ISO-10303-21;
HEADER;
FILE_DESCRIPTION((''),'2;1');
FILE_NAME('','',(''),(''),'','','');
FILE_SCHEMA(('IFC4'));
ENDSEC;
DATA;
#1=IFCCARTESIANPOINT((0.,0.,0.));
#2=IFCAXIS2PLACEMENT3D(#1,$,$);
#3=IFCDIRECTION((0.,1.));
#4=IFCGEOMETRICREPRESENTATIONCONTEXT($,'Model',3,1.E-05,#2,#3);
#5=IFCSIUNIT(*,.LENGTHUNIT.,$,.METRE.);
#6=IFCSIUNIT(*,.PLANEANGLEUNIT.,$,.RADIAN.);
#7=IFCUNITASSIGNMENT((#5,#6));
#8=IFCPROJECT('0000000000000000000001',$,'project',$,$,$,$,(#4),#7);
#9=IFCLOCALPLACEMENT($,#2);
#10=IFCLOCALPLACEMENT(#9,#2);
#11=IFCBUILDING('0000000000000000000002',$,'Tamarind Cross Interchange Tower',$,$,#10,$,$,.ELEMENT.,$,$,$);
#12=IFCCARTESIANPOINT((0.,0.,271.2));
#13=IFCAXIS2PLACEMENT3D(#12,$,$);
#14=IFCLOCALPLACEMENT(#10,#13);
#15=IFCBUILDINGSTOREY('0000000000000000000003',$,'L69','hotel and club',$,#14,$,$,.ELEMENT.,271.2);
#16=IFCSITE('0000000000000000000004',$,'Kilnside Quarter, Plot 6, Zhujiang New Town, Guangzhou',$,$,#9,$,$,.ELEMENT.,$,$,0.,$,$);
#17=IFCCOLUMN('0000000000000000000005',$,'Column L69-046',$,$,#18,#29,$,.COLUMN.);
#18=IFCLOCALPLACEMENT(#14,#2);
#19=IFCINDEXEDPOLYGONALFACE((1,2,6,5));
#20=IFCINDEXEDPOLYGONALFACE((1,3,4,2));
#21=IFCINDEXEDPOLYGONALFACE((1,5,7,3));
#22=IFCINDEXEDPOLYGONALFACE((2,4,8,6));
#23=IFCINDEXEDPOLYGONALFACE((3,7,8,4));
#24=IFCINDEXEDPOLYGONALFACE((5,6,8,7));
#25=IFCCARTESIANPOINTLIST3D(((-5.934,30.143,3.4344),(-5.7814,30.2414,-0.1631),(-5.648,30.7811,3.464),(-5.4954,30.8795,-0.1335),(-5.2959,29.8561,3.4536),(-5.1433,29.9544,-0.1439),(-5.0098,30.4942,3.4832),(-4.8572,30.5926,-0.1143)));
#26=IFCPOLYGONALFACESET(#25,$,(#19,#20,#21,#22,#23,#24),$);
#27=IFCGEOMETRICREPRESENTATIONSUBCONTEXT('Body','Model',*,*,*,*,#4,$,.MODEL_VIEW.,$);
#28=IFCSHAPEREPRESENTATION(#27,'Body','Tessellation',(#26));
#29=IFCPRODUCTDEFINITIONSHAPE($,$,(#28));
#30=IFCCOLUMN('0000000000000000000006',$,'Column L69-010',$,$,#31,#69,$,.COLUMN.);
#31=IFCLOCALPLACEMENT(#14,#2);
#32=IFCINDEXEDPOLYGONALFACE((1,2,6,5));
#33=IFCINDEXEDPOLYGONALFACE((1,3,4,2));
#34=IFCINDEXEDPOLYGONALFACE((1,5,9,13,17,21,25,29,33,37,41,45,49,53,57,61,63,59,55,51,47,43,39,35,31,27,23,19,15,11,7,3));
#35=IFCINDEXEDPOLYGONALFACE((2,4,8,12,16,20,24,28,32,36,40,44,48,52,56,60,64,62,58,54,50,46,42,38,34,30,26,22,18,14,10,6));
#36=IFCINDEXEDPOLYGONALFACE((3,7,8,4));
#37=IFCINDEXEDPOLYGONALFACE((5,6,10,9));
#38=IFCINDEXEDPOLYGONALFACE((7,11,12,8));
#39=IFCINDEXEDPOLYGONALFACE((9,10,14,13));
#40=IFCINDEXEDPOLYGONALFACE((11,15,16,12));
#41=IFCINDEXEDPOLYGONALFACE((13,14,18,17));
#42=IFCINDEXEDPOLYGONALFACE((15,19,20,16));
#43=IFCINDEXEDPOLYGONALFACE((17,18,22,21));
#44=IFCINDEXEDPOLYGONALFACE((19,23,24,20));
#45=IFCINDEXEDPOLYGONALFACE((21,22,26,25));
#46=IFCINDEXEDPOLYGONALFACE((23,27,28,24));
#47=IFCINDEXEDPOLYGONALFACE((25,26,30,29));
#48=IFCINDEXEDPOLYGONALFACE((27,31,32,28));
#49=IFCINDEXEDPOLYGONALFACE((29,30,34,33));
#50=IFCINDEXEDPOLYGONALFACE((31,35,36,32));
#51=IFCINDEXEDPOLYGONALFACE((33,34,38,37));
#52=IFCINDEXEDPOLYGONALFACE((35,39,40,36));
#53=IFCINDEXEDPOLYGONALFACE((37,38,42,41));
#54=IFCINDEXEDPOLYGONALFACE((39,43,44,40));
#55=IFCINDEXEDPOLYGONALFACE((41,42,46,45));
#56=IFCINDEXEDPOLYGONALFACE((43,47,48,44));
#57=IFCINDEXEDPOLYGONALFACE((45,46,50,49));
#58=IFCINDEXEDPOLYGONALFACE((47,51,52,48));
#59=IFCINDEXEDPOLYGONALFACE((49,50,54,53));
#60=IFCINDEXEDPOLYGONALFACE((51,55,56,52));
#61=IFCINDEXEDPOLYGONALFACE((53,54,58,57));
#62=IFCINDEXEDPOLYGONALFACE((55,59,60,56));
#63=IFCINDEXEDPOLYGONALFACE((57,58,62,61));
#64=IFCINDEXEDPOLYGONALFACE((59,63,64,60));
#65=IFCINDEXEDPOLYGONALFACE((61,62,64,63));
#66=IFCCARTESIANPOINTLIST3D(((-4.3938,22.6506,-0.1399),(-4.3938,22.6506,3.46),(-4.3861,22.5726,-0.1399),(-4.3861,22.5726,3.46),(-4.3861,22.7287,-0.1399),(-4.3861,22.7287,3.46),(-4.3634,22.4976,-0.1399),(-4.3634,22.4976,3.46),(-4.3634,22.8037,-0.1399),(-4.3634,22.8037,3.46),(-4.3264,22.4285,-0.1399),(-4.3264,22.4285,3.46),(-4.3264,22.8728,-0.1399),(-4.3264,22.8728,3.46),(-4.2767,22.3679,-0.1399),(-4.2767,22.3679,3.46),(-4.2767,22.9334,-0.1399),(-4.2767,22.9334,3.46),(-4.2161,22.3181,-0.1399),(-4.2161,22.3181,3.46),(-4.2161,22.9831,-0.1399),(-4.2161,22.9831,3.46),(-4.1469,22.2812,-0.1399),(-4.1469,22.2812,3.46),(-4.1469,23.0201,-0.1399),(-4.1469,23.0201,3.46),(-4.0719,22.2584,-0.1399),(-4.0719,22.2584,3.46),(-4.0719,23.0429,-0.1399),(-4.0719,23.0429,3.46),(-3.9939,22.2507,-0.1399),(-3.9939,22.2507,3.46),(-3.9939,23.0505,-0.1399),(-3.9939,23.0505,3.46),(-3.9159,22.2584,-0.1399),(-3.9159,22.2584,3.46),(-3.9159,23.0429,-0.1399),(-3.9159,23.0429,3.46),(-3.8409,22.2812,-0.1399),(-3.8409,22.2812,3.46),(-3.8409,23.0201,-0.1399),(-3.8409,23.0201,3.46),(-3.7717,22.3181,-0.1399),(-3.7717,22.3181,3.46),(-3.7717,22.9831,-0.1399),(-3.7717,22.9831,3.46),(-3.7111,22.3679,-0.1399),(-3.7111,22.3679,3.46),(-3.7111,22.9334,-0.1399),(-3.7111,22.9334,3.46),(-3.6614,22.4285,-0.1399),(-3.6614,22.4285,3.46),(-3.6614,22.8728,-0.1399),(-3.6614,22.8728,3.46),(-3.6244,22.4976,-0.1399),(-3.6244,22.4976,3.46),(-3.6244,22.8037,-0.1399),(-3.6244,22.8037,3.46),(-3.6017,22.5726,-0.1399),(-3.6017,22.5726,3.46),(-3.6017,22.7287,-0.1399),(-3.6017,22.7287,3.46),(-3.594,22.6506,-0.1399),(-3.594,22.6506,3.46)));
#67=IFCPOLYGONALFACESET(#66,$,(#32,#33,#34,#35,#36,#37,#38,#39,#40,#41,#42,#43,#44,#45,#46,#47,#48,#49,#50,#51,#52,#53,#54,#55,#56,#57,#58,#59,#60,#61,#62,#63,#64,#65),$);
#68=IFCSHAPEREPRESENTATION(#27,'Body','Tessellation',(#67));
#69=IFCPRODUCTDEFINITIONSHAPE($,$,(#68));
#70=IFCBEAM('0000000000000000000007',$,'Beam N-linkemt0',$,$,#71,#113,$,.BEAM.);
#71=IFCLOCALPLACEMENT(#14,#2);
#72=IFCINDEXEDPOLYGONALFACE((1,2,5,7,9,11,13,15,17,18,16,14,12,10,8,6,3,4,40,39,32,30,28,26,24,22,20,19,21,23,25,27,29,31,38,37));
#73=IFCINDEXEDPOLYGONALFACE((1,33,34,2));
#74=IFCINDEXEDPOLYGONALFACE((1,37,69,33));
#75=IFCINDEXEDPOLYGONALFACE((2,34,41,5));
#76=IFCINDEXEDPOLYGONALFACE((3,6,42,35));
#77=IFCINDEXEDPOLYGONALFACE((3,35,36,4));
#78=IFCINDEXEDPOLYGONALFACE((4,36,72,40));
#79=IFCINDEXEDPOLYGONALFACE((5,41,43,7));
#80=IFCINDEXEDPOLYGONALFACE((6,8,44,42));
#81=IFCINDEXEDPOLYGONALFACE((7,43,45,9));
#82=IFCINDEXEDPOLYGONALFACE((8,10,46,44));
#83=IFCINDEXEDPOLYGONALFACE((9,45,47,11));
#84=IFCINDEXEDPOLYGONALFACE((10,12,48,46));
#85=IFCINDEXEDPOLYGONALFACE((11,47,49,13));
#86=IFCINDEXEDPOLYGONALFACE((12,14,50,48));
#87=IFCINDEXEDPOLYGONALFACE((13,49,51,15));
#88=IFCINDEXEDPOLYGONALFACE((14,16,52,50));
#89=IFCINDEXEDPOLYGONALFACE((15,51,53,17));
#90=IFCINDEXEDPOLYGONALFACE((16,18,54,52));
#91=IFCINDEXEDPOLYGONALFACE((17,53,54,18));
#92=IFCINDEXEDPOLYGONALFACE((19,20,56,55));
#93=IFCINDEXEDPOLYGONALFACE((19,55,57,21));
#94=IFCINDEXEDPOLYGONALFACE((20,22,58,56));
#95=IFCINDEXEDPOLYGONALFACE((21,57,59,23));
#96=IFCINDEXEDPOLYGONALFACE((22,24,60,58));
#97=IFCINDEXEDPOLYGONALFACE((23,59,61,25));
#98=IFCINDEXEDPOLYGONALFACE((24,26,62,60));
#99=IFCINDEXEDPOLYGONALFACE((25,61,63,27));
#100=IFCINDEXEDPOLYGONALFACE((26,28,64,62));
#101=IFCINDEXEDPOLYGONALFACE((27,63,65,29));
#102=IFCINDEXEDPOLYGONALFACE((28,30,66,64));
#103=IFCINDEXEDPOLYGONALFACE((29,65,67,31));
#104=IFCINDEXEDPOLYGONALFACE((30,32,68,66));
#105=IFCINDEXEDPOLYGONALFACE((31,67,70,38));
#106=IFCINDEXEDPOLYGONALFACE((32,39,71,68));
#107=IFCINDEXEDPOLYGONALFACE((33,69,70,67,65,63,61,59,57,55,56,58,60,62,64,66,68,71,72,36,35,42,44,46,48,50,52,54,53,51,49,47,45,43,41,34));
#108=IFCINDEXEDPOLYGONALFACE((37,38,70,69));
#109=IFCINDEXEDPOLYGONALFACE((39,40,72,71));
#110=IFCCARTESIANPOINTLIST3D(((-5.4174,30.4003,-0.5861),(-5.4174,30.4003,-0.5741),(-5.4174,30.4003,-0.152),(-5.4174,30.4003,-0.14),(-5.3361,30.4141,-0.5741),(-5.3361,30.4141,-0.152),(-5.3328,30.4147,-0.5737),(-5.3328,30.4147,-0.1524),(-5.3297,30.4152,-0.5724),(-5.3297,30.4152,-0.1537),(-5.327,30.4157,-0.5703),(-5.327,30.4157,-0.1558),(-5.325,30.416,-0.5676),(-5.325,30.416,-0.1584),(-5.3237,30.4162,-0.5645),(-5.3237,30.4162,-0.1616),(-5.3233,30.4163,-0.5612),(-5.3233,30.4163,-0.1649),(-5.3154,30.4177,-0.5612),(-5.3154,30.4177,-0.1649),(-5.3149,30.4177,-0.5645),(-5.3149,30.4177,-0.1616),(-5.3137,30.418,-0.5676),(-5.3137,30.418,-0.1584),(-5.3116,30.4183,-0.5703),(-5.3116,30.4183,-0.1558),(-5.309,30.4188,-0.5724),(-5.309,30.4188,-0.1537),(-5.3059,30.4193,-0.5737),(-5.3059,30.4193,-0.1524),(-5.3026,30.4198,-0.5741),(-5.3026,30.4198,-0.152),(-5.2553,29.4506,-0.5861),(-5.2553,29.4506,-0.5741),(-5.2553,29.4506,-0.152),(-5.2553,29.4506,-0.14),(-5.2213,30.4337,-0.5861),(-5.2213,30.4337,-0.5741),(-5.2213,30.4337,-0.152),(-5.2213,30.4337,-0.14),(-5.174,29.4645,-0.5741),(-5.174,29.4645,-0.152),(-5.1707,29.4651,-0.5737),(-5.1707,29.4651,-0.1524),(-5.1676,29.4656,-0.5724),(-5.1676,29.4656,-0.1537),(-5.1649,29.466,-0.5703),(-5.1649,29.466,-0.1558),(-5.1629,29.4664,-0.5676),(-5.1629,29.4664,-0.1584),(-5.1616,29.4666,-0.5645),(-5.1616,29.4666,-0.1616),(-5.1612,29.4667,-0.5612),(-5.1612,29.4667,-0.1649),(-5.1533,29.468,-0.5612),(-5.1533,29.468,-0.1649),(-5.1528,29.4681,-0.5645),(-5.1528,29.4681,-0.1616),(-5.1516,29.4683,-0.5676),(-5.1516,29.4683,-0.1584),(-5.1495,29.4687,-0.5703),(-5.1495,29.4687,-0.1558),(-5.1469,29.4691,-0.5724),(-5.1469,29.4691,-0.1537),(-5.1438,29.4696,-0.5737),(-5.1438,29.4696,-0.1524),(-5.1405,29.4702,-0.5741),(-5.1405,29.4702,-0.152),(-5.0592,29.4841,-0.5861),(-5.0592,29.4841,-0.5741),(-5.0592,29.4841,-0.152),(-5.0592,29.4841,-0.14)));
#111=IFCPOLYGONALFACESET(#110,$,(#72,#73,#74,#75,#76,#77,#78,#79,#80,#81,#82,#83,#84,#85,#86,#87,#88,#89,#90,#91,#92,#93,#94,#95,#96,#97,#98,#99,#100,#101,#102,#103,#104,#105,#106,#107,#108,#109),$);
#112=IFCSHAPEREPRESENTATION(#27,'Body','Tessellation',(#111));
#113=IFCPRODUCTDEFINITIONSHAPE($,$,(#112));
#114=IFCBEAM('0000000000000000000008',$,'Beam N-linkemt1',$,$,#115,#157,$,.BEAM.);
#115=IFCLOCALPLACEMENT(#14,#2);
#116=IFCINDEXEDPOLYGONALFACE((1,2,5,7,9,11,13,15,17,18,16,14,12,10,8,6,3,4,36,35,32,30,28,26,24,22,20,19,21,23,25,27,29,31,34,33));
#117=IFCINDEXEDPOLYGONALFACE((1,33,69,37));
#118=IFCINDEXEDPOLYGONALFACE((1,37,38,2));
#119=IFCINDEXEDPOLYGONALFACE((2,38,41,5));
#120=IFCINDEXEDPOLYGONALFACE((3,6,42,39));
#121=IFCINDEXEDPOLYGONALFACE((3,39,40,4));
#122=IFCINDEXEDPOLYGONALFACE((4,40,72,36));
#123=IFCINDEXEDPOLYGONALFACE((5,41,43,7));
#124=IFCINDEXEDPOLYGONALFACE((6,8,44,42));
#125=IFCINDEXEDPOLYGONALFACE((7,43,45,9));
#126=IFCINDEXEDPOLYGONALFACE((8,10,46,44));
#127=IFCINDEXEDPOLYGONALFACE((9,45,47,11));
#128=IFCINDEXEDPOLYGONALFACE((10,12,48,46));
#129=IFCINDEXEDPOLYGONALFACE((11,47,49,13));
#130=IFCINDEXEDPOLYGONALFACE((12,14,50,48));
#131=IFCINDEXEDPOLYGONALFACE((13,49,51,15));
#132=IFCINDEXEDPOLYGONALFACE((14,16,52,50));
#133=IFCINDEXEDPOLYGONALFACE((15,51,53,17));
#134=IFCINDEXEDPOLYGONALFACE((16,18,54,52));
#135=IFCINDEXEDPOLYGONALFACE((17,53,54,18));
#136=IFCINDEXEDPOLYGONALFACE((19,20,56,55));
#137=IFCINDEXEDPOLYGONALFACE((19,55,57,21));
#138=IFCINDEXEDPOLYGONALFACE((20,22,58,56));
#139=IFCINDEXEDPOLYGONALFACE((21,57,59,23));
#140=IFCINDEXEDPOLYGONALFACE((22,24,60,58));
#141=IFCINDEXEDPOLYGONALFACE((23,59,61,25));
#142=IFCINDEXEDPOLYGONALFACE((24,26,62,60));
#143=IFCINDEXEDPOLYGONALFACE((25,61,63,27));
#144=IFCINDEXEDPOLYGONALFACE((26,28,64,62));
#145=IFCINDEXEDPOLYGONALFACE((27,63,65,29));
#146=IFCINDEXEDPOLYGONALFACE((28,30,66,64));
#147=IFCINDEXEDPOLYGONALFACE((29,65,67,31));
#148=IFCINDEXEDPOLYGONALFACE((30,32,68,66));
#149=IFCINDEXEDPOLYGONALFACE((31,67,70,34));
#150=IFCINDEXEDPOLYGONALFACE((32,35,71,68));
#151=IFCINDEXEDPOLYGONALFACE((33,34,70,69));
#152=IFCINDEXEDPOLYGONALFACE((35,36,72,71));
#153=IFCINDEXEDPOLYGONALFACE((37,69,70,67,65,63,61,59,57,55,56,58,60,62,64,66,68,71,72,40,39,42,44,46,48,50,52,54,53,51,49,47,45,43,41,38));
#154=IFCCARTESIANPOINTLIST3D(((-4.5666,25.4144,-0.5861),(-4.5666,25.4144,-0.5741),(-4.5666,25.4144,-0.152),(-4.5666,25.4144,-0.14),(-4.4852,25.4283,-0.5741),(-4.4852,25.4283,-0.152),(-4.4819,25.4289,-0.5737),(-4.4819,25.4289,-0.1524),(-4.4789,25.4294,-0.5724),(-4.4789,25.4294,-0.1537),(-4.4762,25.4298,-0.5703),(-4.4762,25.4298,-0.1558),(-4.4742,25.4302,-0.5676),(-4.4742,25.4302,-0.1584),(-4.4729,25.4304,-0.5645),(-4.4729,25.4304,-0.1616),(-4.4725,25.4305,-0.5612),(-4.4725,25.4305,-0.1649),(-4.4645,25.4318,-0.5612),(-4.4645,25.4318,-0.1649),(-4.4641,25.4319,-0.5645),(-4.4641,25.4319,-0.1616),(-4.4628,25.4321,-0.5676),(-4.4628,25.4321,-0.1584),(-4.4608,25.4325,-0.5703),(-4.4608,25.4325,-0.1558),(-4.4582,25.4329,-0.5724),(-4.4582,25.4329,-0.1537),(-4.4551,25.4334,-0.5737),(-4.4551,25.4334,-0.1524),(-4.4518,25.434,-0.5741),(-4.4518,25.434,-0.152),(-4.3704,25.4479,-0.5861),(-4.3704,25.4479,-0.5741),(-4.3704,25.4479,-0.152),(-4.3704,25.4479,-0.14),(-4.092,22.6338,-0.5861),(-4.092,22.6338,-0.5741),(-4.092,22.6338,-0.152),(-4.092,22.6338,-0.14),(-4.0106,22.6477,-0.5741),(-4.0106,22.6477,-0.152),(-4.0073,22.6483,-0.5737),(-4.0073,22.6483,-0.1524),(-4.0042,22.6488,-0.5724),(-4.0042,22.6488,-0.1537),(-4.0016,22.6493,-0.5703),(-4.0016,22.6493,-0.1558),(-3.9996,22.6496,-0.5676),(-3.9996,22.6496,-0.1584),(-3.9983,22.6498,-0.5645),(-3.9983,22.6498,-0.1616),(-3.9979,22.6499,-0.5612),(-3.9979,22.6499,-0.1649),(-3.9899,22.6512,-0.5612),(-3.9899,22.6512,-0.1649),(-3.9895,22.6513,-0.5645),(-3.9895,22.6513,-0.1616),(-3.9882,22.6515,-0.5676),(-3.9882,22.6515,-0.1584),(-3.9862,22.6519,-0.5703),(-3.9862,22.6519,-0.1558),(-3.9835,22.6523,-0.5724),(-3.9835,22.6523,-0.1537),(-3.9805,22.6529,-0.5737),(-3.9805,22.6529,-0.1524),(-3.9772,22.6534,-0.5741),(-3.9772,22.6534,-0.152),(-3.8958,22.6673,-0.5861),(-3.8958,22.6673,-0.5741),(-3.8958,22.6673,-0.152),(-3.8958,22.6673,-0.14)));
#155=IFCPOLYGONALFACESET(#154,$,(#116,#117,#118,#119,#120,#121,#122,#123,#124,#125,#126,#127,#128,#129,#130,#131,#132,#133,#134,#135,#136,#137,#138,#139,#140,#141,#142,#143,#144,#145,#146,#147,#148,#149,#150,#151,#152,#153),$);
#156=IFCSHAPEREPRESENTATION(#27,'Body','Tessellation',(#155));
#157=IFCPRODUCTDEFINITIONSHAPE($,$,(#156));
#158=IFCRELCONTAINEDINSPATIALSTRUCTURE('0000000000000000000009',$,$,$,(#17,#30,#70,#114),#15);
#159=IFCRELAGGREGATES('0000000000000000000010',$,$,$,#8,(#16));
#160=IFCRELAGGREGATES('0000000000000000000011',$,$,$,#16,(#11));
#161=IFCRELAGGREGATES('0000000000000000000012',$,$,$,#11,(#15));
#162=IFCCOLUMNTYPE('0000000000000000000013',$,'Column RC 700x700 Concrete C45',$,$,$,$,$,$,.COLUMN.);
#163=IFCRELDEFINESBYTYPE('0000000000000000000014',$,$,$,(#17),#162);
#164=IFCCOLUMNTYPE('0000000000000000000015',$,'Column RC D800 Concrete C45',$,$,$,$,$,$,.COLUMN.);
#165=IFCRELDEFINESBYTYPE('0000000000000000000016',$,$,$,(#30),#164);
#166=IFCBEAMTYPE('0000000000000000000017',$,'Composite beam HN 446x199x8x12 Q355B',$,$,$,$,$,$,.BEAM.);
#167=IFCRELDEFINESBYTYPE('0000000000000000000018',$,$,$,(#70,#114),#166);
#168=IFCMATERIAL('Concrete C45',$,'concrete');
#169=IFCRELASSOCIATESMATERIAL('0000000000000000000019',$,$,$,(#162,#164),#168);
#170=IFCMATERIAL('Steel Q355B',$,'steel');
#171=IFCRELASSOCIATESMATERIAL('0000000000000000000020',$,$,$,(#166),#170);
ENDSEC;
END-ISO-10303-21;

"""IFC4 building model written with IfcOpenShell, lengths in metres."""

from ifc_helpers import new_model, si_unit, direction, frame, origin, origin_2d, place, context, subcontext, project, spatial, rectangle, circle, i_section, extrude, material, material_profile, profile_set, type_object, element, save


model = new_model("IFC4")

# Units and contexts
model_context = context("Model", 3, precision=1e-05, world=origin(), true_north=direction((0.0, 1.0)))
body_context = subcontext(model_context, "Body", "Model", "MODEL_VIEW")
ifc_project = project(units=[si_unit("LENGTHUNIT", "METRE"), si_unit("PLANEANGLEUNIT", "RADIAN")], contexts=[model_context])

# Site, building, storey
site_placement = place(None, origin())
site = spatial("IfcSite", under=ifc_project, at=site_placement, Name="Kilnside Quarter, Plot 6, Zhujiang New Town, Guangzhou", CompositionType="ELEMENT", RefElevation=0.0)
building_placement = place(site_placement, origin())
building = spatial("IfcBuilding", under=site, at=building_placement, Name="Tamarind Cross Interchange Tower", CompositionType="ELEMENT")
storey_placement = place(building_placement, frame((0.0, 0.0, 271.2)))
storey = spatial("IfcBuildingStorey", under=building, at=storey_placement, Name="L69", Description="hotel and club", CompositionType="ELEMENT", Elevation=271.2)

# Columns
ifc_material_1 = material(Name="Concrete C45", Category="concrete")
ifc_material_profile_1 = material_profile(ifc_material_1, rectangle(XDim=0.7, YDim=0.7, at=origin_2d()), Name="RC 700x700")
ifc_profile_set_1 = profile_set([ifc_material_profile_1], Name="Concrete C45")
column_type_1 = type_object("IfcColumnType", Name="Column RC 700x700 Concrete C45", PredefinedType="COLUMN", material=ifc_profile_set_1)
column_1_placement = place(storey_placement, frame((-5.3193, 30.417, -0.1387), z_axis=(-0.042362, -0.027315, 0.998729), x_axis=(0.911695, -0.409948, 0.027458)))
element("IfcColumn", 1, at=column_1_placement, inside=storey, type_object=column_type_1, Name="Column L69-046", PredefinedType="COLUMN", context=body_context, shape_type="SweptSolid", body=[
    extrude(rectangle(XDim=0.7, YDim=0.7, at=origin_2d()), origin(), (0.0, 0.0, 1.0), 3.6021),
])
ifc_material_profile_2 = material_profile(ifc_material_1, circle(Radius=0.3999, at=origin_2d()), Name="RC D800")
ifc_profile_set_2 = profile_set([ifc_material_profile_2], Name="Concrete C45")
column_type_2 = type_object("IfcColumnType", Name="Column RC D800 Concrete C45", PredefinedType="COLUMN", material=ifc_profile_set_2)
column_2_placement = place(storey_placement, frame((-3.9939, 22.6506, -0.1399), z_axis=(0.0, 0.0, 1.0), x_axis=(1.0, 0.0, 0.0)))
element("IfcColumn", 2, at=column_2_placement, inside=storey, type_object=column_type_2, Name="Column L69-010", PredefinedType="COLUMN", context=body_context, shape_type="SweptSolid", body=[
    extrude(circle(Radius=0.3999, at=origin_2d()), origin(), (0.0, 0.0, 1.0), 3.5999),
])

# Beams
ifc_material_2 = material(Name="Steel Q355B", Category="steel")
ifc_material_profile_3 = material_profile(ifc_material_2, i_section(OverallWidth=0.199, OverallDepth=0.446, WebThickness=0.0081, FlangeThickness=0.012, FilletRadius=0.0129, at=origin_2d()), Name="HN 446x199x8x12")
ifc_profile_set_3 = profile_set([ifc_material_profile_3], Name="Steel Q355B")
beam_type_1 = type_object("IfcBeamType", Name="Composite beam HN 446x199x8x12 Q355B", PredefinedType="BEAM", material=ifc_profile_set_3)
beam_1_placement = place(storey_placement, frame((-5.3193, 30.417, -0.363), z_axis=(0.16826, -0.985743, 0.0), x_axis=(0.985743, 0.16826, 0.0)))
element("IfcBeam", 3, at=beam_1_placement, inside=storey, type_object=beam_type_1, Name="Beam N-linkemt0", PredefinedType="BEAM", context=body_context, shape_type="SweptSolid", body=[
    extrude(i_section(OverallWidth=0.199, OverallDepth=0.446, WebThickness=0.0081, FlangeThickness=0.012, FilletRadius=0.0129, at=origin_2d()), origin(), (0.0, 0.0, 1.0), 0.9634),
])
beam_2_placement = place(storey_placement, frame((-4.4685, 25.4312, -0.363), z_axis=(0.168257, -0.985743, 0.0), x_axis=(0.985743, 0.168257, 0.0)))
element("IfcBeam", 4, at=beam_2_placement, inside=storey, type_object=beam_type_1, Name="Beam N-linkemt1", PredefinedType="BEAM", context=body_context, shape_type="SweptSolid", body=[
    extrude(i_section(OverallWidth=0.199, OverallDepth=0.446, WebThickness=0.0081, FlangeThickness=0.012, FilletRadius=0.0129, at=origin_2d()), origin(), (0.0, 0.0, 1.0), 2.8208),
])

save(model, "model.ifc")
